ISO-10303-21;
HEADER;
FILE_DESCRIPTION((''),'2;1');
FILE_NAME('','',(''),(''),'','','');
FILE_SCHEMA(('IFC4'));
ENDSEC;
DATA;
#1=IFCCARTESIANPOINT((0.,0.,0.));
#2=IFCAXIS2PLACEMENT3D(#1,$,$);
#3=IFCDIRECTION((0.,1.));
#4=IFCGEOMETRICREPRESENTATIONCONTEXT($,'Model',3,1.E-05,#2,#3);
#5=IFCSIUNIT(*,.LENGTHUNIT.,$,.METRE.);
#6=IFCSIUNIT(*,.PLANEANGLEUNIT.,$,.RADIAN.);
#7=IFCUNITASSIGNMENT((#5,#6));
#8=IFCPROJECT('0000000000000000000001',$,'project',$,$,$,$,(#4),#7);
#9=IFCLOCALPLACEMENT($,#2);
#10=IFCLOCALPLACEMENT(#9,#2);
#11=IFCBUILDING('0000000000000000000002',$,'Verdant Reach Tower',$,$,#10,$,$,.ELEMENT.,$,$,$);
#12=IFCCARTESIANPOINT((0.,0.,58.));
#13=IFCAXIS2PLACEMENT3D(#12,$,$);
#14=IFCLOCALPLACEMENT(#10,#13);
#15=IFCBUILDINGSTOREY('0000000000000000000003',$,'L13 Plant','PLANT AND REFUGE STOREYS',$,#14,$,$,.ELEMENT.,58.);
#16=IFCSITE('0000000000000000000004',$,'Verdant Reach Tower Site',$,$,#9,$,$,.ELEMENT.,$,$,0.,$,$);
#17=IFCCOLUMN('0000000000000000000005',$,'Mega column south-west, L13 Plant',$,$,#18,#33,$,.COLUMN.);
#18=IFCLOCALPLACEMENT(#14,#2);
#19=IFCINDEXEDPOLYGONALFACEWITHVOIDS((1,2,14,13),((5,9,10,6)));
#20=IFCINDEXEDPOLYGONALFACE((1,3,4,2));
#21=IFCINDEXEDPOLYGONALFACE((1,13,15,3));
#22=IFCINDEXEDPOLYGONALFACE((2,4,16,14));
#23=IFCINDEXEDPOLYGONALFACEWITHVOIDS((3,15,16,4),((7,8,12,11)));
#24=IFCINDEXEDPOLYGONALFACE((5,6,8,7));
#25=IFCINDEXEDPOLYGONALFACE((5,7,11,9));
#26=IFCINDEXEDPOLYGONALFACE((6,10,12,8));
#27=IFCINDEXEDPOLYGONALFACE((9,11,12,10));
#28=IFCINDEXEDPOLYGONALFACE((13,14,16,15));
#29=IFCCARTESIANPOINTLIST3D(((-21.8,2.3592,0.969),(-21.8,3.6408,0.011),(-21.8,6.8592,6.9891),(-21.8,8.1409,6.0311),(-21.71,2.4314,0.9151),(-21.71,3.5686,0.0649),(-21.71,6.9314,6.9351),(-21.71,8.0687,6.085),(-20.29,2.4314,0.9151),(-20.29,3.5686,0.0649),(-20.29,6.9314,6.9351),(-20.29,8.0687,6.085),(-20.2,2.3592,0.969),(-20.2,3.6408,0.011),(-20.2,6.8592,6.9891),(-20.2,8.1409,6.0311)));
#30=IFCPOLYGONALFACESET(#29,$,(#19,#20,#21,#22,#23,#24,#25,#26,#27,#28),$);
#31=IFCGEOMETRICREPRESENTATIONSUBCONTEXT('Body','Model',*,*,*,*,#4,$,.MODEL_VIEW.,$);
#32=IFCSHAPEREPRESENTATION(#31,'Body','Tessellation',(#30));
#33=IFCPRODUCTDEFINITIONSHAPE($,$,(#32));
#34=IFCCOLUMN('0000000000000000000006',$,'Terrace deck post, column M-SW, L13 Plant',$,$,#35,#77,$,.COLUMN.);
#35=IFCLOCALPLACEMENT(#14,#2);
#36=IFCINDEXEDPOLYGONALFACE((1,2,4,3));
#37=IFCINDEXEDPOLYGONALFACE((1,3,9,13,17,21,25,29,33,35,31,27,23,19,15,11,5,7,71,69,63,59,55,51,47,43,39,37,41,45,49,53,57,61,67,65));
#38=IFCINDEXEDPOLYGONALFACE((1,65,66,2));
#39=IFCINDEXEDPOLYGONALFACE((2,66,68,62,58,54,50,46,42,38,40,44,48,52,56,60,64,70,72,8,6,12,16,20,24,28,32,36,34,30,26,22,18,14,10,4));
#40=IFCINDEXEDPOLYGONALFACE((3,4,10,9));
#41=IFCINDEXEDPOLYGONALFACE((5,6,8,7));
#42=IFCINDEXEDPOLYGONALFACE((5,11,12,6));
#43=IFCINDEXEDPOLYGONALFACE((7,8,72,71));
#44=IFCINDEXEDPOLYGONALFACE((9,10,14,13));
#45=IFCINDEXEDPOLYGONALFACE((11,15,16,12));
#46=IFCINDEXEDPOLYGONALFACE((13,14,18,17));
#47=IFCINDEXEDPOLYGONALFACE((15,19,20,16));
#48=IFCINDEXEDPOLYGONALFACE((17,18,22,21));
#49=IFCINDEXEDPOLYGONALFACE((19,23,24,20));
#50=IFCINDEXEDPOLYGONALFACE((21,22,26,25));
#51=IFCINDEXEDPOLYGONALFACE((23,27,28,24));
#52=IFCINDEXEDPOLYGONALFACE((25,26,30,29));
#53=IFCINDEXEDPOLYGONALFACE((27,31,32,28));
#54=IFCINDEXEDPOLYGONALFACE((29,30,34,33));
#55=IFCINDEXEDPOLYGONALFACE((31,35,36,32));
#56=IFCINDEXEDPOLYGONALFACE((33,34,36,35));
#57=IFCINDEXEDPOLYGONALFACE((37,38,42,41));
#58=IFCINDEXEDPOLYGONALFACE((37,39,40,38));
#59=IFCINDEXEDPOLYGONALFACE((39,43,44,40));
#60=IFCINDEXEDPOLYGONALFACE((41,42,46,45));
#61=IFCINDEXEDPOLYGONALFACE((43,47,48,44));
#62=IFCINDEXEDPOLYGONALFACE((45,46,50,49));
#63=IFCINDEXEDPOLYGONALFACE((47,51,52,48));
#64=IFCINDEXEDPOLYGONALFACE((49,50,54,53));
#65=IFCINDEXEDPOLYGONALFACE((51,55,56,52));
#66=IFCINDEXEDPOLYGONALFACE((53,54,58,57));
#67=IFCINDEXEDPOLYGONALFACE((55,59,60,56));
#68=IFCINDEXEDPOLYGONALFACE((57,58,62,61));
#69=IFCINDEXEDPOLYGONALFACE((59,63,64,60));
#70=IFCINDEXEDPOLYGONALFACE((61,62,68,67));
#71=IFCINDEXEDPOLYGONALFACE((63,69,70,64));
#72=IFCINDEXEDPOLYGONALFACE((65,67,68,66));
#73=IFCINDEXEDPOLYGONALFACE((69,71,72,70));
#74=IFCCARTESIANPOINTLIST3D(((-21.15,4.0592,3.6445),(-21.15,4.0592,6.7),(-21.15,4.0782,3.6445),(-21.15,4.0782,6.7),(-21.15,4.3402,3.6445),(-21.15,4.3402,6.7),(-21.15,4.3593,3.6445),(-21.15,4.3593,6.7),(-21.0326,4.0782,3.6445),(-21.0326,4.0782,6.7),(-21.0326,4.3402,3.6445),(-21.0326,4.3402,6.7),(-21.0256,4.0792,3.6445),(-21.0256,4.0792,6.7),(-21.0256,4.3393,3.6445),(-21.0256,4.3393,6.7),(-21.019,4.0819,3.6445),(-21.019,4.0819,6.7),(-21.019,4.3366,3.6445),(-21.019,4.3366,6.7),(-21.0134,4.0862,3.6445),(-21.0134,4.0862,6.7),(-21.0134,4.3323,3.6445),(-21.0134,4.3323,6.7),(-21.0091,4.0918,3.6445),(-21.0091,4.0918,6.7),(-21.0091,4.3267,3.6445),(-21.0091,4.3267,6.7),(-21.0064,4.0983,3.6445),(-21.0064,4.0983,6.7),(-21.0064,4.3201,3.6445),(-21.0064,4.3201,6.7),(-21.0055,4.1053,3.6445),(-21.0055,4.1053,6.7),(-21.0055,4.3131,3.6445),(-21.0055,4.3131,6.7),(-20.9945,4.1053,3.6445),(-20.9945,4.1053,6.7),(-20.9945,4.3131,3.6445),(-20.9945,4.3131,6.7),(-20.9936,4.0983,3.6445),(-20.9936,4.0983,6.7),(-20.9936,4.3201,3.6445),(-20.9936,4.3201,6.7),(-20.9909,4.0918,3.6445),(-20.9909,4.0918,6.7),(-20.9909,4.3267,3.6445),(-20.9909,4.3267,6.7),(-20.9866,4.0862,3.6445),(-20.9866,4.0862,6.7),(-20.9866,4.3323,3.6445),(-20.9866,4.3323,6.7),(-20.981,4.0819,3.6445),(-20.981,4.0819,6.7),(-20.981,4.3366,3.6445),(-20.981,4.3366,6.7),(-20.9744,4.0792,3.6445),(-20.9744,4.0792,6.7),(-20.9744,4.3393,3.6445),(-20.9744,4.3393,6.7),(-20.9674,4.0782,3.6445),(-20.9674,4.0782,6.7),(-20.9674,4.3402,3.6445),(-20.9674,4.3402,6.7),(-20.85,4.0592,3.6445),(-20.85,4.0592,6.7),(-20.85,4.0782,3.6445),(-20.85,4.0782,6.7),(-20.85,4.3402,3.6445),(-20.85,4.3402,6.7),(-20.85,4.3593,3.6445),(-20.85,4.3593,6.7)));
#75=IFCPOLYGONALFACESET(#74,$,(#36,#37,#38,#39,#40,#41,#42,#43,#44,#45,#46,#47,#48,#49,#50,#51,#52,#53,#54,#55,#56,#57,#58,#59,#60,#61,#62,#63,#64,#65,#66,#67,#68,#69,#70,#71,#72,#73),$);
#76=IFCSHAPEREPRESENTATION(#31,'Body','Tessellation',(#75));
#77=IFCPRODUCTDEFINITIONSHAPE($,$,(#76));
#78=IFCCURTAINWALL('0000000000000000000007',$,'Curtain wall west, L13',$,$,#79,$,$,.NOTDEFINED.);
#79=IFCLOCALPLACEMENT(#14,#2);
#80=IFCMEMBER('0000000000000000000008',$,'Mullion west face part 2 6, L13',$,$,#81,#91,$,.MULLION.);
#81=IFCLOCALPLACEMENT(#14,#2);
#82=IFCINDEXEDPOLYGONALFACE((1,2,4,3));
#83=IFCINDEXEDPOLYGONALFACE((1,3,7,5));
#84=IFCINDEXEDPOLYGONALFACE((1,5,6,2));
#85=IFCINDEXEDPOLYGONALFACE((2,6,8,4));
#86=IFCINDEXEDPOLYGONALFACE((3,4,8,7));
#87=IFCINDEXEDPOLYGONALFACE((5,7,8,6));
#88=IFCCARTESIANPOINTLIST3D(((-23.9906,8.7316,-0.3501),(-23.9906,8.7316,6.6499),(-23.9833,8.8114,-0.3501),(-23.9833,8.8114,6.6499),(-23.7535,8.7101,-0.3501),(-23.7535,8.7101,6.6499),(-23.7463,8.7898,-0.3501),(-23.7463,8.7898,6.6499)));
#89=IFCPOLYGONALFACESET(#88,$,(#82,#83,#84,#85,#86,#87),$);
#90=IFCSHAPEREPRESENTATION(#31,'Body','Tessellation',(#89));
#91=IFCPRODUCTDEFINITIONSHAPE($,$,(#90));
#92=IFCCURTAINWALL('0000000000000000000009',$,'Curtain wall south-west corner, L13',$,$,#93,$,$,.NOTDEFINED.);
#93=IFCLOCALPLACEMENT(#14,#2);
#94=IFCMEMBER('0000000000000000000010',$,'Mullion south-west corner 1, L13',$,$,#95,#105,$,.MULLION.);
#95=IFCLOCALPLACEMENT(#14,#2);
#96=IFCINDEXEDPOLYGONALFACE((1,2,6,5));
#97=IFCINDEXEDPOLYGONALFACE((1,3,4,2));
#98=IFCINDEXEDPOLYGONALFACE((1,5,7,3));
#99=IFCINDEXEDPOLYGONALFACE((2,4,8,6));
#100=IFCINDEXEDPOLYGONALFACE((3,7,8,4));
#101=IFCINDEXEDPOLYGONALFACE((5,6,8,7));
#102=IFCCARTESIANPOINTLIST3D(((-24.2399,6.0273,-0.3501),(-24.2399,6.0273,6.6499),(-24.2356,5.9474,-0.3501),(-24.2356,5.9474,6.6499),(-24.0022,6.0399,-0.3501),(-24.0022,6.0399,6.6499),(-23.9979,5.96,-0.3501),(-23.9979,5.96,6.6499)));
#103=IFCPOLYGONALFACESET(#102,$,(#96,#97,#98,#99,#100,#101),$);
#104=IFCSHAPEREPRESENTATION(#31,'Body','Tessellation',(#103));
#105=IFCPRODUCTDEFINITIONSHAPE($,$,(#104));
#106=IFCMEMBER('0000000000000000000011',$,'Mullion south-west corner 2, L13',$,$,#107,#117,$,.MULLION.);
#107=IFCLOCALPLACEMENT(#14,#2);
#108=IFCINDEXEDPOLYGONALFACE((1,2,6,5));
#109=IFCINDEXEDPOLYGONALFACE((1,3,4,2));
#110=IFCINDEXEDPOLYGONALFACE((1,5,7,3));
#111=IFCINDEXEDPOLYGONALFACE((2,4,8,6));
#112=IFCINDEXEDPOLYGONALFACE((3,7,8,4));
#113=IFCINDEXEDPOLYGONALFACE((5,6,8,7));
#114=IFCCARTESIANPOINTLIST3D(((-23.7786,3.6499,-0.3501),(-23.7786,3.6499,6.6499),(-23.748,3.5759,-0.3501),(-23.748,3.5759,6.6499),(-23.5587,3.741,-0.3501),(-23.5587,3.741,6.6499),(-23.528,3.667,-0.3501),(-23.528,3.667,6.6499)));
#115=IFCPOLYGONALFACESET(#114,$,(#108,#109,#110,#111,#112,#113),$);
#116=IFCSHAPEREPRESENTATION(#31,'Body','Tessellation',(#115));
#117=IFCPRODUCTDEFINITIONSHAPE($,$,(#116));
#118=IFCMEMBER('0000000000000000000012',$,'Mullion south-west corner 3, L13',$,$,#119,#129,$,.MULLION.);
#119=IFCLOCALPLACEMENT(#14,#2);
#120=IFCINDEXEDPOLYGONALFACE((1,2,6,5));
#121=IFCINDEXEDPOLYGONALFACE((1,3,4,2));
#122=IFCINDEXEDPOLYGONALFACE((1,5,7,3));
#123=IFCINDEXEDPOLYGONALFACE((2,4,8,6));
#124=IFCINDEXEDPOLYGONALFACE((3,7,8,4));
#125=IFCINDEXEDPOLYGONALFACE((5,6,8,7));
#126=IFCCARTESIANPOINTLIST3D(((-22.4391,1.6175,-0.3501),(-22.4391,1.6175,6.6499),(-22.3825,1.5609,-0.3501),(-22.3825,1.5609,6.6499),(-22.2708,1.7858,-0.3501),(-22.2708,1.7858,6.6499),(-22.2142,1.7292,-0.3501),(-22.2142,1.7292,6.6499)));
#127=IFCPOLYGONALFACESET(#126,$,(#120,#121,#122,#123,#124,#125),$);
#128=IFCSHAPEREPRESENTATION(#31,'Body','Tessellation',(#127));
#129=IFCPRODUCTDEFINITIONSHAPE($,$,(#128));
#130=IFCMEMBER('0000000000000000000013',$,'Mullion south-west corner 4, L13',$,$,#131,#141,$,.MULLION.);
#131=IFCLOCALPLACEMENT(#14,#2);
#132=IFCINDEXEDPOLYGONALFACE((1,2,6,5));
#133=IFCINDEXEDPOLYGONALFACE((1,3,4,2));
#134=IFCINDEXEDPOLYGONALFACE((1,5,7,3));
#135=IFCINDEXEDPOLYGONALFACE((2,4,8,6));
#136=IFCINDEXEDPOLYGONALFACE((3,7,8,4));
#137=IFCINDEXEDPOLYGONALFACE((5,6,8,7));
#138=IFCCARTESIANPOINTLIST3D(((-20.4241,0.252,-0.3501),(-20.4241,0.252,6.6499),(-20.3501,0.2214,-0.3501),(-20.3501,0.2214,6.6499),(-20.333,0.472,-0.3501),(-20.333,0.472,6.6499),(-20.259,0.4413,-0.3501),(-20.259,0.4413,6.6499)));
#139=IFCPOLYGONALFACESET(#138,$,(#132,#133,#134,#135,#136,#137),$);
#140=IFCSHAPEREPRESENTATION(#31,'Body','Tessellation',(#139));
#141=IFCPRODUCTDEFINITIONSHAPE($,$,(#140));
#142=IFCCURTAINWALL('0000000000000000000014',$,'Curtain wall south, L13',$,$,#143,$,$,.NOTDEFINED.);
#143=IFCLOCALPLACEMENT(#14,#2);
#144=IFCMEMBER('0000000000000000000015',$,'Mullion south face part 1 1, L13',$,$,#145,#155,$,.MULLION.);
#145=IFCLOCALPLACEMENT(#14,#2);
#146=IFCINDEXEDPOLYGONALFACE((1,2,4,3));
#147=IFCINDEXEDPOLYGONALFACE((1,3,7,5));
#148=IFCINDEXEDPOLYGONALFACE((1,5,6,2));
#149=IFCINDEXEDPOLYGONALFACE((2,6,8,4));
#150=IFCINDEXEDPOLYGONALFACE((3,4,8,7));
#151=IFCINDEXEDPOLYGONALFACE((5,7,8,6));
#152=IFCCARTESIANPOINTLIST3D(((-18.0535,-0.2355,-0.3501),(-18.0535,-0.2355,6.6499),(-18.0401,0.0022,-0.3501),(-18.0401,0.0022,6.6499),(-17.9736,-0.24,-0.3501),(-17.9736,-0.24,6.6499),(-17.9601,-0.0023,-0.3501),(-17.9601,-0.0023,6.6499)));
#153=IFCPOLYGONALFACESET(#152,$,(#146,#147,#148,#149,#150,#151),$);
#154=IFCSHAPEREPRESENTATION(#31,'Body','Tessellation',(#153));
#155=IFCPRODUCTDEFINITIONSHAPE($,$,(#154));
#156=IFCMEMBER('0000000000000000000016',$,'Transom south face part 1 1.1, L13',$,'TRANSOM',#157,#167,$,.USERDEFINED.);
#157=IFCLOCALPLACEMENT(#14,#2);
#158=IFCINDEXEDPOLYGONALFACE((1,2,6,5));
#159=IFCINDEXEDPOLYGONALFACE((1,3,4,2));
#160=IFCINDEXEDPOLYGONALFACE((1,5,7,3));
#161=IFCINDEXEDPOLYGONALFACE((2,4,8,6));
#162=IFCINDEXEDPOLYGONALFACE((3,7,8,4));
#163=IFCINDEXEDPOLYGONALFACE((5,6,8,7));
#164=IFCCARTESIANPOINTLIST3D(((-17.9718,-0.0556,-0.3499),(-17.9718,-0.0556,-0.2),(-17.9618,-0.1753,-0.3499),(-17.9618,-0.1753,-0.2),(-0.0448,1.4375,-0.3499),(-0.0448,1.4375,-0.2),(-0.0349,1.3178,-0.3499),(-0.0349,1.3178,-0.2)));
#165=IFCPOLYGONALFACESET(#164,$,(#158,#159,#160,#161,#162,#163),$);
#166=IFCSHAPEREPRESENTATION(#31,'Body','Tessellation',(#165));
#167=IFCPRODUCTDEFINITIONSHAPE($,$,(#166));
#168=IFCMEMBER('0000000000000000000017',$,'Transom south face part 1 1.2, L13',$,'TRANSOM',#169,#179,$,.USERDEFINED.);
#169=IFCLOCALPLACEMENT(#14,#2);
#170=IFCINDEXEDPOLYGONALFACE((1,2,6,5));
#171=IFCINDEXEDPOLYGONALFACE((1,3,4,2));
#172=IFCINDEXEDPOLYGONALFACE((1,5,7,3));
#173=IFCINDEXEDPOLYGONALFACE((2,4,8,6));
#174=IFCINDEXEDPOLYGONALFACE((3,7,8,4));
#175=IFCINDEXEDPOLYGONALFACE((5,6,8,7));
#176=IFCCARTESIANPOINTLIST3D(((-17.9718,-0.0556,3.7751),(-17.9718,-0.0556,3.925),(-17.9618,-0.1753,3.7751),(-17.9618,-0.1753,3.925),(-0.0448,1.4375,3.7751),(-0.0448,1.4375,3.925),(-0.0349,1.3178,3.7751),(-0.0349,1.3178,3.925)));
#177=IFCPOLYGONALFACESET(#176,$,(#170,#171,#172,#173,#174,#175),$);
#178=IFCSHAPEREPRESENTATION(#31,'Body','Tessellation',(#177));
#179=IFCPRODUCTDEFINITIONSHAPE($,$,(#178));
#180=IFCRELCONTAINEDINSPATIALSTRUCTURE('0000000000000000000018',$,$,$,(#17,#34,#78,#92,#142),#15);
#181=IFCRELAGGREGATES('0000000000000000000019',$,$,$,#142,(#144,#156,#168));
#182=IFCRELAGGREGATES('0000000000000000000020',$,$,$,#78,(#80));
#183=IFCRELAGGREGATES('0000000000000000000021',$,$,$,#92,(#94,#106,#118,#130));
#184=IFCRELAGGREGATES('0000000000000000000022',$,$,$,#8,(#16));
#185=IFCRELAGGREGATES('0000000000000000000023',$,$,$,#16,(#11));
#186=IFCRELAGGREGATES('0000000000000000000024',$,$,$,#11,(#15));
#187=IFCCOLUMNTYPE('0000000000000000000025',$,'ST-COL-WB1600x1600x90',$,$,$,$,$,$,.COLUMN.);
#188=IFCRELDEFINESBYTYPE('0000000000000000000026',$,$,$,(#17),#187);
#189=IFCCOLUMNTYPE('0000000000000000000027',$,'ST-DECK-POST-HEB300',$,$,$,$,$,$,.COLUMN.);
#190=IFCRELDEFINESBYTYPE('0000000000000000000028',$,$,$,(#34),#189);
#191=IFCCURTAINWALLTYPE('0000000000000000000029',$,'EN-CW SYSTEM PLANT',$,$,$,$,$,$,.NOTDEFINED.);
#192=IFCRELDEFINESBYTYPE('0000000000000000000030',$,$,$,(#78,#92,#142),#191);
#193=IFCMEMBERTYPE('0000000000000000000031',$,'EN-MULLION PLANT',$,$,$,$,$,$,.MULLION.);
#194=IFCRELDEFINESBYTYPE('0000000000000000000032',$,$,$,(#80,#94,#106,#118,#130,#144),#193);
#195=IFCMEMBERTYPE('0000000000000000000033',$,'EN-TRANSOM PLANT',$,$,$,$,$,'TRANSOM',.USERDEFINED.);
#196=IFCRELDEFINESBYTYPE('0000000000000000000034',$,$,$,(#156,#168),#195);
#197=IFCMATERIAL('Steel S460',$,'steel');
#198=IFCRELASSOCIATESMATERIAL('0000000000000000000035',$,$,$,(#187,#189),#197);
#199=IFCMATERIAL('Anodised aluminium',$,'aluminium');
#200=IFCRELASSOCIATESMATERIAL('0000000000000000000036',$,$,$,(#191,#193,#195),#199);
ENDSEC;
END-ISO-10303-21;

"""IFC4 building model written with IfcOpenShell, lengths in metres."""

from ifc_helpers import new_model, si_unit, direction, frame, origin, origin_2d, place, context, subcontext, project, spatial, rectangle, hollow_rectangle, i_section, extrude, material, material_profile, profile_set, type_object, element, aggregate, save


model = new_model("IFC4")

# Units and contexts
model_context = context("Model", 3, precision=1e-05, world=origin(), true_north=direction((0.0, 1.0)))
body_context = subcontext(model_context, "Body", "Model", "MODEL_VIEW")
ifc_project = project(units=[si_unit("LENGTHUNIT", "METRE"), si_unit("PLANEANGLEUNIT", "RADIAN")], contexts=[model_context])

# Site, building, storey
site_placement = place(None, origin())
site = spatial("IfcSite", under=ifc_project, at=site_placement, Name="Verdant Reach Tower Site", CompositionType="ELEMENT", RefElevation=0.0)
building_placement = place(site_placement, origin())
building = spatial("IfcBuilding", under=site, at=building_placement, Name="Verdant Reach Tower", CompositionType="ELEMENT")
storey_placement = place(building_placement, frame((0.0, 0.0, 58.0)))
storey = spatial("IfcBuildingStorey", under=building, at=storey_placement, Name="L13 Plant", Description="PLANT AND REFUGE STOREYS", CompositionType="ELEMENT", Elevation=58.0)

# Columns
ifc_material_1 = material(Name="Steel S460", Category="steel")
ifc_material_profile_1 = material_profile(ifc_material_1, hollow_rectangle(XDim=1.6001, YDim=1.6001, WallThickness=0.0901, at=origin_2d()), Name="WB 1600x1600x90")
ifc_profile_set_1 = profile_set([ifc_material_profile_1], Name="Steel S460")
column_type_1 = type_object("IfcColumnType", Name="ST-COL-WB1600x1600x90", PredefinedType="COLUMN", material=ifc_profile_set_1)
column_1_placement = place(storey_placement, frame((-21.0, 3.0, 0.49), z_axis=(0.0, 0.598721, 0.800958), x_axis=(-1.0, 0.0, 0.0)))
element("IfcColumn", 1, at=column_1_placement, inside=storey, type_object=column_type_1, Name="Mega column south-west, L13 Plant", PredefinedType="COLUMN", context=body_context, shape_type="SweptSolid", body=[
    extrude(hollow_rectangle(XDim=1.6001, YDim=1.6001, WallThickness=0.0901, at=origin_2d()), origin(), (0.0, 0.0, 1.0), 7.5161),
])
ifc_material_profile_2 = material_profile(ifc_material_1, i_section(OverallWidth=0.3, OverallDepth=0.3, WebThickness=0.011, FlangeThickness=0.019, FilletRadius=0.0271, at=origin_2d()), Name="HEB 300")
ifc_profile_set_2 = profile_set([ifc_material_profile_2], Name="Steel S460")
column_type_2 = type_object("IfcColumnType", Name="ST-DECK-POST-HEB300", PredefinedType="COLUMN", material=ifc_profile_set_2)
column_2_placement = place(storey_placement, frame((-21.0, 4.2092, 3.6445), z_axis=(0.0, 0.0, 1.0), x_axis=(1.0, 0.0, 0.0)))
element("IfcColumn", 2, at=column_2_placement, inside=storey, type_object=column_type_2, Name="Terrace deck post, column M-SW, L13 Plant", PredefinedType="COLUMN", context=body_context, shape_type="SweptSolid", body=[
    extrude(i_section(OverallWidth=0.3, OverallDepth=0.3, WebThickness=0.011, FlangeThickness=0.019, FilletRadius=0.0271, at=origin_2d()), origin(), (0.0, 0.0, 1.0), 3.0554),
])

# Curtain wall, member
ifc_material_2 = material(Name="Anodised aluminium", Category="aluminium")
curtain_wall_type = type_object("IfcCurtainWallType", Name="EN-CW SYSTEM PLANT", PredefinedType="NOTDEFINED", material=ifc_material_2)
curtain_wall_1_placement = place(storey_placement, origin())
curtain_wall_1 = element("IfcCurtainWall", 3, at=curtain_wall_1_placement, inside=storey, type_object=curtain_wall_type, Name="Curtain wall west, L13", PredefinedType="NOTDEFINED")
ifc_material_profile_3 = material_profile(ifc_material_2, rectangle(XDim=0.238, YDim=0.0801, at=origin_2d()), Name="Mullion 80x240")
ifc_profile_set_3 = profile_set([ifc_material_profile_3], Name="Anodised aluminium")
member_type_1 = type_object("IfcMemberType", Name="EN-MULLION PLANT", PredefinedType="MULLION", material=ifc_profile_set_3)
member_1_placement = place(storey_placement, frame((-23.8684, 8.7607, -0.3501), z_axis=(0.0, 0.0, 1.0), x_axis=(-0.995893, 0.090536, 0.0)))
member_1 = element("IfcMember", 4, at=member_1_placement, type_object=member_type_1, Name="Mullion west face part 2 6, L13", PredefinedType="MULLION", context=body_context, shape_type="SweptSolid", body=[
    extrude(rectangle(XDim=0.238, YDim=0.0801, at=origin_2d()), origin(), (0.0, 0.0, 1.0), 7.0),
])

# Curtain walls, members
curtain_wall_2_placement = place(storey_placement, origin())
curtain_wall_2 = element("IfcCurtainWall", 5, at=curtain_wall_2_placement, inside=storey, type_object=curtain_wall_type, Name="Curtain wall south-west corner, L13", PredefinedType="NOTDEFINED")
member_2_placement = place(storey_placement, frame((-24.1189, 5.9937, -0.3501), z_axis=(0.0, 0.0, 1.0), x_axis=(-0.998604, -0.052815, 0.0)))
member_2 = element("IfcMember", 6, at=member_2_placement, type_object=member_type_1, Name="Mullion south-west corner 1, L13", PredefinedType="MULLION", context=body_context, shape_type="SweptSolid", body=[
    extrude(rectangle(XDim=0.238, YDim=0.0801, at=origin_2d()), origin(), (0.0, 0.0, 1.0), 7.0),
])
member_3_placement = place(storey_placement, frame((-23.6533, 3.6584, -0.3501), z_axis=(0.0, 0.0, 1.0), x_axis=(-0.923875, -0.382694, 0.0)))
member_3 = element("IfcMember", 7, at=member_3_placement, type_object=member_type_1, Name="Mullion south-west corner 2, L13", PredefinedType="MULLION", context=body_context, shape_type="SweptSolid", body=[
    extrude(rectangle(XDim=0.238, YDim=0.0801, at=origin_2d()), origin(), (0.0, 0.0, 1.0), 7.0),
])
member_4_placement = place(storey_placement, frame((-22.3267, 1.6733, -0.3501), z_axis=(0.0, 0.0, 1.0), x_axis=(-0.707107, -0.707107, 0.0)))
member_4 = element("IfcMember", 8, at=member_4_placement, type_object=member_type_1, Name="Mullion south-west corner 3, L13", PredefinedType="MULLION", context=body_context, shape_type="SweptSolid", body=[
    extrude(rectangle(XDim=0.238, YDim=0.0801, at=origin_2d()), origin(), (0.0, 0.0, 1.0), 7.0),
])
member_5_placement = place(storey_placement, frame((-20.3416, 0.3467, -0.3501), z_axis=(0.0, 0.0, 1.0), x_axis=(-0.382694, -0.923875, 0.0)))
member_5 = element("IfcMember", 9, at=member_5_placement, type_object=member_type_1, Name="Mullion south-west corner 4, L13", PredefinedType="MULLION", context=body_context, shape_type="SweptSolid", body=[
    extrude(rectangle(XDim=0.238, YDim=0.0801, at=origin_2d()), origin(), (0.0, 0.0, 1.0), 7.0),
])
curtain_wall_3_placement = place(storey_placement, origin())
curtain_wall_3 = element("IfcCurtainWall", 10, at=curtain_wall_3_placement, inside=storey, type_object=curtain_wall_type, Name="Curtain wall south, L13", PredefinedType="NOTDEFINED")
member_6_placement = place(storey_placement, frame((-18.0068, -0.1189, -0.3501), z_axis=(0.0, 0.0, 1.0), x_axis=(-0.056569, -0.998399, 0.0)))
member_6 = element("IfcMember", 11, at=member_6_placement, type_object=member_type_1, Name="Mullion south face part 1 1, L13", PredefinedType="MULLION", context=body_context, shape_type="SweptSolid", body=[
    extrude(rectangle(XDim=0.238, YDim=0.0801, at=origin_2d()), origin(), (0.0, 0.0, 1.0), 7.0),
])
ifc_material_profile_4 = material_profile(ifc_material_2, rectangle(XDim=0.1201, YDim=0.1499, at=origin_2d()), Name="Transom 150x120")
ifc_profile_set_4 = profile_set([ifc_material_profile_4], Name="Anodised aluminium")
member_type_2 = type_object("IfcMemberType", Name="EN-TRANSOM PLANT", ElementType="TRANSOM", PredefinedType="USERDEFINED", material=ifc_profile_set_4)
member_7_placement = place(storey_placement, frame((-17.9668, -0.1155, -0.2749), z_axis=(0.996549, 0.083004, 0.0), x_axis=(-0.083004, 0.996549, 0.0)))
member_7 = element("IfcMember", 12, at=member_7_placement, type_object=member_type_2, Name="Transom south face part 1 1.1, L13", ObjectType="TRANSOM", PredefinedType="USERDEFINED", context=body_context, shape_type="SweptSolid", body=[
    extrude(rectangle(XDim=0.1201, YDim=0.1499, at=origin_2d()), origin(), (0.0, 0.0, 1.0), 17.989),
])
member_8_placement = place(storey_placement, frame((-17.9668, -0.1155, 3.8501), z_axis=(0.996549, 0.083004, 0.0), x_axis=(-0.083004, 0.996549, 0.0)))
member_8 = element("IfcMember", 13, at=member_8_placement, type_object=member_type_2, Name="Transom south face part 1 1.2, L13", ObjectType="TRANSOM", PredefinedType="USERDEFINED", context=body_context, shape_type="SweptSolid", body=[
    extrude(rectangle(XDim=0.1201, YDim=0.1499, at=origin_2d()), origin(), (0.0, 0.0, 1.0), 17.989),
])

aggregate(curtain_wall_3, [member_6, member_7, member_8])

aggregate(curtain_wall_1, [member_1])
aggregate(curtain_wall_2, [member_2, member_3, member_4, member_5])

save(model, "model.ifc")
